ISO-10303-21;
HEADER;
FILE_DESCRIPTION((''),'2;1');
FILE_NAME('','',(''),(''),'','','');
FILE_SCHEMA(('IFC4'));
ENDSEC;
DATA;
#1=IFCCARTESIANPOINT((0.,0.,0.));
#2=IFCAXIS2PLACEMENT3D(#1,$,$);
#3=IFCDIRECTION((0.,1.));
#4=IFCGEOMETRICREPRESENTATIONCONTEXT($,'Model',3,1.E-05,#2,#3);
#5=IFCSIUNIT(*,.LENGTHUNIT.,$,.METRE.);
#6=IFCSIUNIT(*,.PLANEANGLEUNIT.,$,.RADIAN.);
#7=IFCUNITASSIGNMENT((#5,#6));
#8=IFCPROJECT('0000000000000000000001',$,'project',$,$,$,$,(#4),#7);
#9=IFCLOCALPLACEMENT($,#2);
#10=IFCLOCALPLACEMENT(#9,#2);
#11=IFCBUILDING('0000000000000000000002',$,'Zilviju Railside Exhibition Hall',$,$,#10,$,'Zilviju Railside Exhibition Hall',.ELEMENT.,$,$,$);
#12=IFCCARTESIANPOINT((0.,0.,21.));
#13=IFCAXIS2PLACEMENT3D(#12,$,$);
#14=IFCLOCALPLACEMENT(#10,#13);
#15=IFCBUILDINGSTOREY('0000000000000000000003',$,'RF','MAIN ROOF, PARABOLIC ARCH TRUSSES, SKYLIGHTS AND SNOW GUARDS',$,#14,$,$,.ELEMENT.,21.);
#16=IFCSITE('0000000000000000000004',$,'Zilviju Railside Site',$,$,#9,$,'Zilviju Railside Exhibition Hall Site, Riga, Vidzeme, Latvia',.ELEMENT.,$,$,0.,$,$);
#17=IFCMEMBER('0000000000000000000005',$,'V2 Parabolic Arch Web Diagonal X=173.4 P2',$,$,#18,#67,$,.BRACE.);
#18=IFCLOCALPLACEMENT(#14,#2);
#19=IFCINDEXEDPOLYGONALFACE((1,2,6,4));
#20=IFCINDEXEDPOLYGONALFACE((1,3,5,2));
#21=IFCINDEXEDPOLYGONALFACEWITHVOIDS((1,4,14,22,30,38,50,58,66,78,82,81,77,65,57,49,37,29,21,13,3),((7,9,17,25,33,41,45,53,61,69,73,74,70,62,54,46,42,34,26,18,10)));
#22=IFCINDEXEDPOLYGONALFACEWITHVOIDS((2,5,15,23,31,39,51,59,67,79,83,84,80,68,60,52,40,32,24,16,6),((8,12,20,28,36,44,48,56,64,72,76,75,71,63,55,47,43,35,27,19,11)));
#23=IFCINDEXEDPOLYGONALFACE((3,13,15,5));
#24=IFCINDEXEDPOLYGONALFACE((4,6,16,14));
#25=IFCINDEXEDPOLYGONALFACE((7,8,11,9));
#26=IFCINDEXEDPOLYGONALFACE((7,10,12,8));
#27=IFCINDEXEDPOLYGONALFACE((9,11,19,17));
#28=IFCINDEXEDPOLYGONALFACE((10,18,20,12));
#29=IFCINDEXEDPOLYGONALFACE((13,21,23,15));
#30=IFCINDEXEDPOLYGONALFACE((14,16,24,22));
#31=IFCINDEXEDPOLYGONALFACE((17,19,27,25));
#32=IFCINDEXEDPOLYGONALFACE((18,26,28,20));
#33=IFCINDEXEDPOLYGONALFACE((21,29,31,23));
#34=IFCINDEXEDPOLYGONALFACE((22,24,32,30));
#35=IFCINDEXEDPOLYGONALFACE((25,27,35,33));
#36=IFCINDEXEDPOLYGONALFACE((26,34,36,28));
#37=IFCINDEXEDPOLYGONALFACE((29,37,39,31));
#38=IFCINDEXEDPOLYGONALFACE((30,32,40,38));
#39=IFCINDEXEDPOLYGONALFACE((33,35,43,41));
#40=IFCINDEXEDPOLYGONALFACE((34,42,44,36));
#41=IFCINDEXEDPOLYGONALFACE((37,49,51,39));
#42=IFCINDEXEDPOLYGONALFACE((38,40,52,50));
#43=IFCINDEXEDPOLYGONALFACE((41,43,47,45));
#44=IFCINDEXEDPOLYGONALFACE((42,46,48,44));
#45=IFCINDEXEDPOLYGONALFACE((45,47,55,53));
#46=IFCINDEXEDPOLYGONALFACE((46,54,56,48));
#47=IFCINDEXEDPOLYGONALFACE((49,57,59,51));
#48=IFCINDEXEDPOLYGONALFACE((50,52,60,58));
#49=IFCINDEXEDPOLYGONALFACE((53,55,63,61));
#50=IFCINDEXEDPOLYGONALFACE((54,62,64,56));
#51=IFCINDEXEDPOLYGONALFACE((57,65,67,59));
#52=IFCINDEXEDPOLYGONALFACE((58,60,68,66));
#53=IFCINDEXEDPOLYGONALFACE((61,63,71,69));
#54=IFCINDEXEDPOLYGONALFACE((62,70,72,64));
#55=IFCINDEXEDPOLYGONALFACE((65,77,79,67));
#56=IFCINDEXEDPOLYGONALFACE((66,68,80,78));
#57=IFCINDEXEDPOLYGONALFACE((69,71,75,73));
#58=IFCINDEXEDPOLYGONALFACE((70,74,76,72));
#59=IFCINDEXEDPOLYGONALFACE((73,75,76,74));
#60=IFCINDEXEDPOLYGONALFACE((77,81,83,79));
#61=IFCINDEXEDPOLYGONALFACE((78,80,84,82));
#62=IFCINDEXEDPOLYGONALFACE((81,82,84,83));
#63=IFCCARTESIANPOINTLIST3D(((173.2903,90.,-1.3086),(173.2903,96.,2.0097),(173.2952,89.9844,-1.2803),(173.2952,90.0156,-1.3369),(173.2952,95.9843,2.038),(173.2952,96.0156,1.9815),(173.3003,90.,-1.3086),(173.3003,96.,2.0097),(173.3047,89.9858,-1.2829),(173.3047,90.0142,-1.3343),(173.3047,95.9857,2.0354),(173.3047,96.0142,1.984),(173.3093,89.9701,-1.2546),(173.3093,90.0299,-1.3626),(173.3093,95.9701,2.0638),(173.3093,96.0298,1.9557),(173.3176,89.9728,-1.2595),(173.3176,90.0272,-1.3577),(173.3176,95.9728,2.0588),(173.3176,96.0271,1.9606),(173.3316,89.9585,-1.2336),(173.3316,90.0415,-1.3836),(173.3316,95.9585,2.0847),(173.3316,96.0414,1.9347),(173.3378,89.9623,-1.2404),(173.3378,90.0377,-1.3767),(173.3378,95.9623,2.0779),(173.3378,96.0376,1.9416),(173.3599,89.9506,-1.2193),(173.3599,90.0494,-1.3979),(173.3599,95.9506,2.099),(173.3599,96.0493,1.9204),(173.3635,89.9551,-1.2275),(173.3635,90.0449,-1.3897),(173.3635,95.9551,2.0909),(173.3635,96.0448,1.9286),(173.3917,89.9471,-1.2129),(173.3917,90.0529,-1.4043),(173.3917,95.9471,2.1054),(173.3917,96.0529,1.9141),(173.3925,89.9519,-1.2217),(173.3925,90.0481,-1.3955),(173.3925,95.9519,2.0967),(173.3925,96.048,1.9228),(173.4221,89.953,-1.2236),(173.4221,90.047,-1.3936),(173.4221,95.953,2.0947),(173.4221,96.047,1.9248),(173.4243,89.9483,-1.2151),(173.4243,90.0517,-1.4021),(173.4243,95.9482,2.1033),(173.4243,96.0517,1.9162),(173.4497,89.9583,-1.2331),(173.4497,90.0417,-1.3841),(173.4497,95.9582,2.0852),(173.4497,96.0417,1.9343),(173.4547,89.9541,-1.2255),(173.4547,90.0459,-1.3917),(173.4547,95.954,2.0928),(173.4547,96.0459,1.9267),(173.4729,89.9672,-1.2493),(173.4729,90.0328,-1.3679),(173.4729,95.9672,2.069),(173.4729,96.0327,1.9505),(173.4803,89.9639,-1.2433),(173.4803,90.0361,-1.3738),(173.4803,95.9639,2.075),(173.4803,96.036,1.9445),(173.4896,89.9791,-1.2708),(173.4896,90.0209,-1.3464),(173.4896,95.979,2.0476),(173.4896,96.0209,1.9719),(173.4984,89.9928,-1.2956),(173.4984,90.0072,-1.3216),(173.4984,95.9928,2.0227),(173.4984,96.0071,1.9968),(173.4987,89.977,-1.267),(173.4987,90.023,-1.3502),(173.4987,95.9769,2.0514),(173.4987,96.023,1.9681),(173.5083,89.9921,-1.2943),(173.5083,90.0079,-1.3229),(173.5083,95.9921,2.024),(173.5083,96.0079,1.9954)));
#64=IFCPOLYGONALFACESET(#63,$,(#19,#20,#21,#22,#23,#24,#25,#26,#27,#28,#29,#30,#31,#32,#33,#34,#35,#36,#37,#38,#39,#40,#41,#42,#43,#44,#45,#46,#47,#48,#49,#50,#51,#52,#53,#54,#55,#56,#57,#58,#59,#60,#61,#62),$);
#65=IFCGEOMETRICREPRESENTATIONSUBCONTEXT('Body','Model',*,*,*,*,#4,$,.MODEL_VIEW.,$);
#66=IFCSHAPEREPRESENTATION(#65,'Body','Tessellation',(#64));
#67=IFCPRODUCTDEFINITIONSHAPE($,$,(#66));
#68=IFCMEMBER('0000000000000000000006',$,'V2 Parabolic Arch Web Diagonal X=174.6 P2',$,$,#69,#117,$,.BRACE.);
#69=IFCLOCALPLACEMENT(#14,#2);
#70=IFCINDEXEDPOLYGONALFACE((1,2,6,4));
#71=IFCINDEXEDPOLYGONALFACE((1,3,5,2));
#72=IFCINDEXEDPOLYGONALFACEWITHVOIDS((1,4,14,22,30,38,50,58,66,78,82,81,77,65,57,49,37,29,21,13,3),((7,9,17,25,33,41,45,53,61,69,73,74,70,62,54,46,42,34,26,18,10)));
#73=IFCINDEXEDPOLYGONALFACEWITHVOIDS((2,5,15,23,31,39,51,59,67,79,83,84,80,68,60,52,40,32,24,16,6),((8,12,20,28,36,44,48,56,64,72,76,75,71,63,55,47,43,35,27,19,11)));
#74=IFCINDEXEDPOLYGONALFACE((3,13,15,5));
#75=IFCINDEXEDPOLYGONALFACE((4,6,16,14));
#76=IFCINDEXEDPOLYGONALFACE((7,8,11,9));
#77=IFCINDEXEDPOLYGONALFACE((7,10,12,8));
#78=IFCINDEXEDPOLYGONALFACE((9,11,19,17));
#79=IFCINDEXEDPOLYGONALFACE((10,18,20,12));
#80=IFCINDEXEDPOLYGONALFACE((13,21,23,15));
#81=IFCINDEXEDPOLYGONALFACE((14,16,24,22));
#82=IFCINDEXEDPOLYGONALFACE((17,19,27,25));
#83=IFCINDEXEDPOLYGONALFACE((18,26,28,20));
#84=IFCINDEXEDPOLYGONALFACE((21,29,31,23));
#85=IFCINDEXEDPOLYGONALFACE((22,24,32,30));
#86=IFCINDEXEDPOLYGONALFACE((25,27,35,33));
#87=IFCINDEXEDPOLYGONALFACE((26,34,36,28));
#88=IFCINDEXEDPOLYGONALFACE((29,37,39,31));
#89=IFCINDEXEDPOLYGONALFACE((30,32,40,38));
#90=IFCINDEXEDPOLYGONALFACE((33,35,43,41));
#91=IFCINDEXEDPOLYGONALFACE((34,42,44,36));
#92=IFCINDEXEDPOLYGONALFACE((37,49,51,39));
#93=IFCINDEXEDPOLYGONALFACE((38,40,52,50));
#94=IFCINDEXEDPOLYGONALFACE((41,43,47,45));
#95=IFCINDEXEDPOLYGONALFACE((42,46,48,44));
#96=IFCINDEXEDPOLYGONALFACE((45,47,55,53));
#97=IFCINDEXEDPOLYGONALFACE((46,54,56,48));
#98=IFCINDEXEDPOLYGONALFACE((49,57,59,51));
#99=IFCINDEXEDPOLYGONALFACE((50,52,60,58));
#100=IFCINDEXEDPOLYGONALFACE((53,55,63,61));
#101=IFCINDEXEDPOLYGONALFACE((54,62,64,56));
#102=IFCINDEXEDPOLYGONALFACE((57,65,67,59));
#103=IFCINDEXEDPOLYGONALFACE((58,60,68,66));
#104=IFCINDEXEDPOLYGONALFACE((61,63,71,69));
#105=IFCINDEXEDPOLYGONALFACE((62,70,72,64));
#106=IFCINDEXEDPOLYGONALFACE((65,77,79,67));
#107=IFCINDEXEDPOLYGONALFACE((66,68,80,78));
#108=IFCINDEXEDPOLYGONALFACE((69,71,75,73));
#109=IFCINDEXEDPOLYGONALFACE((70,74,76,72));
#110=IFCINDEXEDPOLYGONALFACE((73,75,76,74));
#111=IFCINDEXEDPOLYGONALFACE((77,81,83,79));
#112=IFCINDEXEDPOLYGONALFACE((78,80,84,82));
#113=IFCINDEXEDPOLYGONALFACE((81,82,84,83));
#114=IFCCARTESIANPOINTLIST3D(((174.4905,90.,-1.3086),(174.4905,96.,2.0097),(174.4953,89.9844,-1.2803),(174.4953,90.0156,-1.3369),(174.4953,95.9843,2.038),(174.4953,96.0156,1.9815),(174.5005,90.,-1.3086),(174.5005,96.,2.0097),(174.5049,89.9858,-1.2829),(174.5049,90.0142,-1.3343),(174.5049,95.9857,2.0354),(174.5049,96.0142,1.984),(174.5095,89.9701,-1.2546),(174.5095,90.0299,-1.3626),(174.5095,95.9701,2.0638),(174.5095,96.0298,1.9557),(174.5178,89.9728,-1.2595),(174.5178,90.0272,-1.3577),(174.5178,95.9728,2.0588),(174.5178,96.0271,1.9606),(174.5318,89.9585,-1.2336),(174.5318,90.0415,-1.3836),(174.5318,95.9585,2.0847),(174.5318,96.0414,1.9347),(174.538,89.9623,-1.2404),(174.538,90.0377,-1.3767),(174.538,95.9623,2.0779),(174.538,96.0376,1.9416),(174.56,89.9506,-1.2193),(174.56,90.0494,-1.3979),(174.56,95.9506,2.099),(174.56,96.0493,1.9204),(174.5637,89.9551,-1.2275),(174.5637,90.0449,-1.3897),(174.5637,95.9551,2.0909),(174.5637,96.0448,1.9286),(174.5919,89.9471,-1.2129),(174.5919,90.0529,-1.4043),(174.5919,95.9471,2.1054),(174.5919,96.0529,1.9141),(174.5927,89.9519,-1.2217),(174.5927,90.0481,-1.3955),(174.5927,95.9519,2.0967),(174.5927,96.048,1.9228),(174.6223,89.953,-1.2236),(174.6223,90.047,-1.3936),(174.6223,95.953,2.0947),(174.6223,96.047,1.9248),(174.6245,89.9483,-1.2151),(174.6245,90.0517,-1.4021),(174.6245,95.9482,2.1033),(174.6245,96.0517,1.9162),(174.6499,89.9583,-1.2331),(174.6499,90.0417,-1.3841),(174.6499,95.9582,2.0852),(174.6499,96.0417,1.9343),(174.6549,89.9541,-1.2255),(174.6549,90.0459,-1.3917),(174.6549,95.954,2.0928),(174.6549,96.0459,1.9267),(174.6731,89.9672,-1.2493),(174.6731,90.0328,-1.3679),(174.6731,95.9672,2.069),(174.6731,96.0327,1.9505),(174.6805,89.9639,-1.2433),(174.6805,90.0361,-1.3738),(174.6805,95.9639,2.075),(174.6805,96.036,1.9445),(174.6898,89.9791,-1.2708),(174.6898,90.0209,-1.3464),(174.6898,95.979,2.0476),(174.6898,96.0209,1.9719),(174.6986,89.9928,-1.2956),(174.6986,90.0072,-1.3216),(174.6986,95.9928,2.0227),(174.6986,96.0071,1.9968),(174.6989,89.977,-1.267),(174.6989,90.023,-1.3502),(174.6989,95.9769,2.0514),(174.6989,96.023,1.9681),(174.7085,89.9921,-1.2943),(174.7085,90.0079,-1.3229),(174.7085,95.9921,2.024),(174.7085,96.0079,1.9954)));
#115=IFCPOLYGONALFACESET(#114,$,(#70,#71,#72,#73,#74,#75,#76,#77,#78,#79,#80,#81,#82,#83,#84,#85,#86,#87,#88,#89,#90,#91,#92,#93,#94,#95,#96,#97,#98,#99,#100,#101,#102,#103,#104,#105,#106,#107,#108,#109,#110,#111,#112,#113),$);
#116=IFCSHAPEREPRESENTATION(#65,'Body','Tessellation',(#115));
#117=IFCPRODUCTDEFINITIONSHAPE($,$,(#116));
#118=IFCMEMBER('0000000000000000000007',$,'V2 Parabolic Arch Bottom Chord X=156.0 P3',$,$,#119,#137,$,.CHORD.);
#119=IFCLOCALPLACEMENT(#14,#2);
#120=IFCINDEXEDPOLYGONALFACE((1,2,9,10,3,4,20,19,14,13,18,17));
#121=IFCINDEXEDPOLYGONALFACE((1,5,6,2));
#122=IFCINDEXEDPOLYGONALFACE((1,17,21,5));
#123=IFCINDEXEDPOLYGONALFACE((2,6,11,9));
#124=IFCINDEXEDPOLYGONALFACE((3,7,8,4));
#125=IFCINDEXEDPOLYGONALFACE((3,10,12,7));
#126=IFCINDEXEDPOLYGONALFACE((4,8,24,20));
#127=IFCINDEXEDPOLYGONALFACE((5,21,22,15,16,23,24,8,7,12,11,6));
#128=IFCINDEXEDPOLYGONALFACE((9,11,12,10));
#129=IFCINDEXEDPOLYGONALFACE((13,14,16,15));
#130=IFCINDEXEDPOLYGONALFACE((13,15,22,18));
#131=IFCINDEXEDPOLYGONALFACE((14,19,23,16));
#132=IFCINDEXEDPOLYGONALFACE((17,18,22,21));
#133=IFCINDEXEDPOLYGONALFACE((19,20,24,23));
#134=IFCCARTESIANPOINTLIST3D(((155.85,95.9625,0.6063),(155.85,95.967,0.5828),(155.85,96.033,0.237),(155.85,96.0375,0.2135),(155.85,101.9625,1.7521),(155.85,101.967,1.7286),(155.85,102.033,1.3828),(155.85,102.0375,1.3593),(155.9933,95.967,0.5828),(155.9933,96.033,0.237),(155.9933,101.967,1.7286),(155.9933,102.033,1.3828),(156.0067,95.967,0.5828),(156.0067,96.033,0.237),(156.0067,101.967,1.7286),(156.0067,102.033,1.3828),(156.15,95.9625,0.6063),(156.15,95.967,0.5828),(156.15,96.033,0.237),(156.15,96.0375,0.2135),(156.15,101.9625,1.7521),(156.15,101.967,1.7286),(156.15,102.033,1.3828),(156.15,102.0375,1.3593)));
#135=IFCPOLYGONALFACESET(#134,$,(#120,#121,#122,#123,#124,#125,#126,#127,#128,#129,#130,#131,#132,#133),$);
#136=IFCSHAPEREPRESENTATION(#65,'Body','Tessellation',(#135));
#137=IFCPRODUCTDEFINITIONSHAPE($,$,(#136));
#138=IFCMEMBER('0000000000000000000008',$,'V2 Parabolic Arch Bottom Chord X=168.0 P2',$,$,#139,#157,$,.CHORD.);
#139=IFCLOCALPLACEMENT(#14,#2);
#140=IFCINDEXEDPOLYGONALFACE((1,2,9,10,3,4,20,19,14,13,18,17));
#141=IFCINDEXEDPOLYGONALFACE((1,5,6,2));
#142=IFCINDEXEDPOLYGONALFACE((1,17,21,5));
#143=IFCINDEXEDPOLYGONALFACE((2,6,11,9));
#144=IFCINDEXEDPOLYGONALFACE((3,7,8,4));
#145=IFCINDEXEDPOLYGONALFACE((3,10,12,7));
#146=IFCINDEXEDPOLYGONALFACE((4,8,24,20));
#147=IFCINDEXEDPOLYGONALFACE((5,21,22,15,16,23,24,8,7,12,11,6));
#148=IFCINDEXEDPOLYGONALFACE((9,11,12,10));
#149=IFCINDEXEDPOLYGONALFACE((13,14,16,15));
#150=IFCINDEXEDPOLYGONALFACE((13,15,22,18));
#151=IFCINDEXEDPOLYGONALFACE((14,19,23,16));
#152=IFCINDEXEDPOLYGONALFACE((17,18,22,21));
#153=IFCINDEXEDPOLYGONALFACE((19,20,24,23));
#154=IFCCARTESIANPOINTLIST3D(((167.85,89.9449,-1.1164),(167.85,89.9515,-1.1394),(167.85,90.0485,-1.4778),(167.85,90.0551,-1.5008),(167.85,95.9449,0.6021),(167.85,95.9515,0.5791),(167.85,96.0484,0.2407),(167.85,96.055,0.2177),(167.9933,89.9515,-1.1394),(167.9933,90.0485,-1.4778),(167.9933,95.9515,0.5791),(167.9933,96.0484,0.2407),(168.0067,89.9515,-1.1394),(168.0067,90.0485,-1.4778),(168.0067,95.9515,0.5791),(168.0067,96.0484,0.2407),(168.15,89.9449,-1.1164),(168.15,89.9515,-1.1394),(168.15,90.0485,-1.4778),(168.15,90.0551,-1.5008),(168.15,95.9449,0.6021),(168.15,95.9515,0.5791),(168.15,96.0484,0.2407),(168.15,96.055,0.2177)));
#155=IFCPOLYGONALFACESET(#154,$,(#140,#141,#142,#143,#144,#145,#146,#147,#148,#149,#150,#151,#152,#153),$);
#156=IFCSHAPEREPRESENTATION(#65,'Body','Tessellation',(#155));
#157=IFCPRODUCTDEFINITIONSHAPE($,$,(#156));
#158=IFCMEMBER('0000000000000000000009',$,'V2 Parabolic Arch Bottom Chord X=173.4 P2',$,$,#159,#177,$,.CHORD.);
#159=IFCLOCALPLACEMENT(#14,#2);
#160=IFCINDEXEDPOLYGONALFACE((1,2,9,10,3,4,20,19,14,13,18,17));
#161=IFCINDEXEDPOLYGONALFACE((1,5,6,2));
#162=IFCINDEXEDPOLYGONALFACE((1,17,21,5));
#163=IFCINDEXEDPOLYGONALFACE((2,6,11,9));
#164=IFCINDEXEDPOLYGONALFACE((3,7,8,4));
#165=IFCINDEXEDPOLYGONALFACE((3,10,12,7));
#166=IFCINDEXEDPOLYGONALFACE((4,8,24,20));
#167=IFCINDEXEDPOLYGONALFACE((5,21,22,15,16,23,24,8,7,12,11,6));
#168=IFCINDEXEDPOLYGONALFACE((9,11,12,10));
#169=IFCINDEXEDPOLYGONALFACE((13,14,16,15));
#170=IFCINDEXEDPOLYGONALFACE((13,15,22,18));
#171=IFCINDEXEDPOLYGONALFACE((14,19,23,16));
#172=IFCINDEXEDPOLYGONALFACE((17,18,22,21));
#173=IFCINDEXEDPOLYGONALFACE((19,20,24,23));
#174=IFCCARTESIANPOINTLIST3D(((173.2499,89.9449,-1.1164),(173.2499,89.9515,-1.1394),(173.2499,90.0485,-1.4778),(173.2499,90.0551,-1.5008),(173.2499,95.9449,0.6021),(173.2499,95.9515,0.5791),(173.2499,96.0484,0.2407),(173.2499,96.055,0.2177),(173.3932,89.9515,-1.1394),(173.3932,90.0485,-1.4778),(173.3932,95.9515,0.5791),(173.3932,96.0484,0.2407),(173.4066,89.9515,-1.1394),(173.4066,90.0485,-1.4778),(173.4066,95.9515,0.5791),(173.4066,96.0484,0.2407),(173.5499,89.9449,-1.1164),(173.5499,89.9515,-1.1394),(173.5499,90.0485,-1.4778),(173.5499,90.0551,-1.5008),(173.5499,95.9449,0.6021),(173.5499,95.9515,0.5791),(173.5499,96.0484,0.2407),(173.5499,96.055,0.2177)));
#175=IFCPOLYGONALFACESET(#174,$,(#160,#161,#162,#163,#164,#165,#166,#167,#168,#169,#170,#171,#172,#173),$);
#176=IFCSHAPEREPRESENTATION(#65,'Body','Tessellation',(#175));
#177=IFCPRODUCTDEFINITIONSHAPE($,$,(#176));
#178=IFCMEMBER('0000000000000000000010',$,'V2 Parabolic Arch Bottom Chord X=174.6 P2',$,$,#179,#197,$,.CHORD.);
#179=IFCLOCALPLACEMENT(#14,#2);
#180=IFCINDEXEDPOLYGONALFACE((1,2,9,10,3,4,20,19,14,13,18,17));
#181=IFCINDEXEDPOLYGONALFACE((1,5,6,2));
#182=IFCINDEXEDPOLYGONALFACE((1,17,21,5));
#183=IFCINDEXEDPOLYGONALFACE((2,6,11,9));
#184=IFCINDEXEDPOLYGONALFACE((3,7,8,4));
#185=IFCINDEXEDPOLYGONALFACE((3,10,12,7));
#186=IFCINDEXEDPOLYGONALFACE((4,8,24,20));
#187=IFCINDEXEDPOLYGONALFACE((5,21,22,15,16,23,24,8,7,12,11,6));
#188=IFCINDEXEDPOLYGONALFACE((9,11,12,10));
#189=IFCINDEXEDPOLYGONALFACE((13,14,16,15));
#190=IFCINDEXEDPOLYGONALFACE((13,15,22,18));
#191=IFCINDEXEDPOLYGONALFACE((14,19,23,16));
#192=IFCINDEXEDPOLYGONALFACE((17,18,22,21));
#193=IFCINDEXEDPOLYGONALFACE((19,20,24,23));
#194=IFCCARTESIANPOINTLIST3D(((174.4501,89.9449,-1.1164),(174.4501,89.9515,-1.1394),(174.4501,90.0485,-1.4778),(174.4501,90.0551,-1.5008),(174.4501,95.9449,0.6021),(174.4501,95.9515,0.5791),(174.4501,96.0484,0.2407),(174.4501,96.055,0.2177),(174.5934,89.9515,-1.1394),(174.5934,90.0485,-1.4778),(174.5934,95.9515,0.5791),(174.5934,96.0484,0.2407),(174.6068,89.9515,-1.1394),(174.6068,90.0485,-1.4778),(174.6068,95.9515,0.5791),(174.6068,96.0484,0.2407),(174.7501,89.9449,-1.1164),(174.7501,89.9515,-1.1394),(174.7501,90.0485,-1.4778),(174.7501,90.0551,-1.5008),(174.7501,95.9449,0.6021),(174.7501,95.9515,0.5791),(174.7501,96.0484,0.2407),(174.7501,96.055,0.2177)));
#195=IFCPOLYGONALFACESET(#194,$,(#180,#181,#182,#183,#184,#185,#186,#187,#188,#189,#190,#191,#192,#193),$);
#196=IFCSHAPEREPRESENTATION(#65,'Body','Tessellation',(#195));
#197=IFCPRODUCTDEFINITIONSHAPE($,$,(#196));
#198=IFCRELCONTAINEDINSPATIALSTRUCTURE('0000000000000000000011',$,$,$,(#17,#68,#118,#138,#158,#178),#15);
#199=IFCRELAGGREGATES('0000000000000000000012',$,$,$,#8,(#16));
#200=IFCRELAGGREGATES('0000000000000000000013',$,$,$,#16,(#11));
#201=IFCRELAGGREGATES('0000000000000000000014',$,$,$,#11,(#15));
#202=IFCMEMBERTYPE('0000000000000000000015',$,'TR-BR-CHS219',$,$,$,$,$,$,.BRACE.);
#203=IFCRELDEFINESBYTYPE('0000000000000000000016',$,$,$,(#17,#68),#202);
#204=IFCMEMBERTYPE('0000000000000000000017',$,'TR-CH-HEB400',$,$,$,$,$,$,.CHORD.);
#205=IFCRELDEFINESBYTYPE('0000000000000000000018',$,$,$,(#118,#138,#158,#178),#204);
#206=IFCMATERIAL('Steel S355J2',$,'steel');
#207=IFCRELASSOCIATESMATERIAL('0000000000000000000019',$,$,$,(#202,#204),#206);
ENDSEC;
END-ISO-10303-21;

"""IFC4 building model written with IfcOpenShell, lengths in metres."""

from ifc_helpers import new_model, si_unit, direction, frame, origin, origin_2d, place, context, subcontext, project, spatial, hollow_circle, i_section, extrude, material, material_profile, profile_set, type_object, element, save


model = new_model("IFC4")

# Units and contexts
model_context = context("Model", 3, precision=1e-05, world=origin(), true_north=direction((0.0, 1.0)))
body_context = subcontext(model_context, "Body", "Model", "MODEL_VIEW")
ifc_project = project(units=[si_unit("LENGTHUNIT", "METRE"), si_unit("PLANEANGLEUNIT", "RADIAN")], contexts=[model_context])

# Site, building, storey
site_placement = place(None, origin())
site = spatial("IfcSite", under=ifc_project, at=site_placement, Name="Zilviju Railside Site", LongName="Zilviju Railside Exhibition Hall Site, Riga, Vidzeme, Latvia", CompositionType="ELEMENT", RefElevation=0.0)
building_placement = place(site_placement, origin())
building = spatial("IfcBuilding", under=site, at=building_placement, Name="Zilviju Railside Exhibition Hall", LongName="Zilviju Railside Exhibition Hall", CompositionType="ELEMENT")
storey_placement = place(building_placement, frame((0.0, 0.0, 21.0)))
storey = spatial("IfcBuildingStorey", under=building, at=storey_placement, Name="RF", Description="MAIN ROOF, PARABOLIC ARCH TRUSSES, SKYLIGHTS AND SNOW GUARDS", CompositionType="ELEMENT", Elevation=21.0)

# Members
ifc_material_1 = material(Name="Steel S355J2", Category="steel")
ifc_material_profile_1 = material_profile(ifc_material_1, hollow_circle(Radius=0.1096, WallThickness=0.01, at=origin_2d()), Name="CHS 219.1x10.0")
ifc_profile_set_1 = profile_set([ifc_material_profile_1], Name="Steel S355J2")
member_type_1 = type_object("IfcMemberType", Name="TR-BR-CHS219", PredefinedType="BRACE", material=ifc_profile_set_1)
for number, where, z_axis, x_axis, name in (
    (1, (173.3999, 90.0, -1.3086), (0.0, 0.875083, 0.483973), (-1.0, 0.0, 0.0), "V2 Parabolic Arch Web Diagonal X=173.4 P2"),
    (2, (174.6001, 90.0, -1.3086), (0.0, 0.875083, 0.483973), (-1.0, 0.0, 0.0), "V2 Parabolic Arch Web Diagonal X=174.6 P2"),
):
    element("IfcMember", number, at=place(storey_placement, frame(where, z_axis=z_axis, x_axis=x_axis)), inside=storey, type_object=member_type_1, Name=name, PredefinedType="BRACE", context=body_context, shape_type="SweptSolid", body=[
        extrude(hollow_circle(Radius=0.1096, WallThickness=0.01, at=origin_2d()), origin(), (0.0, 0.0, 1.0), 6.8564),
    ])
ifc_material_profile_2 = material_profile(ifc_material_1, i_section(OverallWidth=0.3, OverallDepth=0.3999, WebThickness=0.0134, FlangeThickness=0.0239, at=origin_2d()), Name="HEB 400")
ifc_profile_set_2 = profile_set([ifc_material_profile_2], Name="Steel S355J2")
member_type_2 = type_object("IfcMemberType", Name="TR-CH-HEB400", PredefinedType="CHORD", material=ifc_profile_set_2)
member_1_placement = place(storey_placement, frame((156.0, 96.0, 0.4099), z_axis=(0.0, 0.982251, 0.187569), x_axis=(-1.0, 0.0, 0.0)))
element("IfcMember", 3, at=member_1_placement, inside=storey, type_object=member_type_2, Name="V2 Parabolic Arch Bottom Chord X=156.0 P3", PredefinedType="CHORD", context=body_context, shape_type="SweptSolid", body=[
    extrude(i_section(OverallWidth=0.3, OverallDepth=0.3999, WebThickness=0.0134, FlangeThickness=0.0239, at=origin_2d()), origin(), (0.0, 0.0, 1.0), 6.1084),
])
for number, where, z_axis, x_axis, name in (
    (4, (168.0, 90.0, -1.3086), (0.0, 0.961345, 0.275346), (-1.0, 0.0, 0.0), "V2 Parabolic Arch Bottom Chord X=168.0 P2"),
    (5, (173.3999, 90.0, -1.3086), (0.0, 0.961345, 0.275346), (-1.0, 0.0, 0.0), "V2 Parabolic Arch Bottom Chord X=173.4 P2"),
    (6, (174.6001, 90.0, -1.3086), (0.0, 0.961345, 0.275346), (-1.0, 0.0, 0.0), "V2 Parabolic Arch Bottom Chord X=174.6 P2"),
):
    element("IfcMember", number, at=place(storey_placement, frame(where, z_axis=z_axis, x_axis=x_axis)), inside=storey, type_object=member_type_2, Name=name, PredefinedType="CHORD", context=body_context, shape_type="SweptSolid", body=[
        extrude(i_section(OverallWidth=0.3, OverallDepth=0.3999, WebThickness=0.0134, FlangeThickness=0.0239, at=origin_2d()), origin(), (0.0, 0.0, 1.0), 6.2412),
    ])

save(model, "model.ifc")
